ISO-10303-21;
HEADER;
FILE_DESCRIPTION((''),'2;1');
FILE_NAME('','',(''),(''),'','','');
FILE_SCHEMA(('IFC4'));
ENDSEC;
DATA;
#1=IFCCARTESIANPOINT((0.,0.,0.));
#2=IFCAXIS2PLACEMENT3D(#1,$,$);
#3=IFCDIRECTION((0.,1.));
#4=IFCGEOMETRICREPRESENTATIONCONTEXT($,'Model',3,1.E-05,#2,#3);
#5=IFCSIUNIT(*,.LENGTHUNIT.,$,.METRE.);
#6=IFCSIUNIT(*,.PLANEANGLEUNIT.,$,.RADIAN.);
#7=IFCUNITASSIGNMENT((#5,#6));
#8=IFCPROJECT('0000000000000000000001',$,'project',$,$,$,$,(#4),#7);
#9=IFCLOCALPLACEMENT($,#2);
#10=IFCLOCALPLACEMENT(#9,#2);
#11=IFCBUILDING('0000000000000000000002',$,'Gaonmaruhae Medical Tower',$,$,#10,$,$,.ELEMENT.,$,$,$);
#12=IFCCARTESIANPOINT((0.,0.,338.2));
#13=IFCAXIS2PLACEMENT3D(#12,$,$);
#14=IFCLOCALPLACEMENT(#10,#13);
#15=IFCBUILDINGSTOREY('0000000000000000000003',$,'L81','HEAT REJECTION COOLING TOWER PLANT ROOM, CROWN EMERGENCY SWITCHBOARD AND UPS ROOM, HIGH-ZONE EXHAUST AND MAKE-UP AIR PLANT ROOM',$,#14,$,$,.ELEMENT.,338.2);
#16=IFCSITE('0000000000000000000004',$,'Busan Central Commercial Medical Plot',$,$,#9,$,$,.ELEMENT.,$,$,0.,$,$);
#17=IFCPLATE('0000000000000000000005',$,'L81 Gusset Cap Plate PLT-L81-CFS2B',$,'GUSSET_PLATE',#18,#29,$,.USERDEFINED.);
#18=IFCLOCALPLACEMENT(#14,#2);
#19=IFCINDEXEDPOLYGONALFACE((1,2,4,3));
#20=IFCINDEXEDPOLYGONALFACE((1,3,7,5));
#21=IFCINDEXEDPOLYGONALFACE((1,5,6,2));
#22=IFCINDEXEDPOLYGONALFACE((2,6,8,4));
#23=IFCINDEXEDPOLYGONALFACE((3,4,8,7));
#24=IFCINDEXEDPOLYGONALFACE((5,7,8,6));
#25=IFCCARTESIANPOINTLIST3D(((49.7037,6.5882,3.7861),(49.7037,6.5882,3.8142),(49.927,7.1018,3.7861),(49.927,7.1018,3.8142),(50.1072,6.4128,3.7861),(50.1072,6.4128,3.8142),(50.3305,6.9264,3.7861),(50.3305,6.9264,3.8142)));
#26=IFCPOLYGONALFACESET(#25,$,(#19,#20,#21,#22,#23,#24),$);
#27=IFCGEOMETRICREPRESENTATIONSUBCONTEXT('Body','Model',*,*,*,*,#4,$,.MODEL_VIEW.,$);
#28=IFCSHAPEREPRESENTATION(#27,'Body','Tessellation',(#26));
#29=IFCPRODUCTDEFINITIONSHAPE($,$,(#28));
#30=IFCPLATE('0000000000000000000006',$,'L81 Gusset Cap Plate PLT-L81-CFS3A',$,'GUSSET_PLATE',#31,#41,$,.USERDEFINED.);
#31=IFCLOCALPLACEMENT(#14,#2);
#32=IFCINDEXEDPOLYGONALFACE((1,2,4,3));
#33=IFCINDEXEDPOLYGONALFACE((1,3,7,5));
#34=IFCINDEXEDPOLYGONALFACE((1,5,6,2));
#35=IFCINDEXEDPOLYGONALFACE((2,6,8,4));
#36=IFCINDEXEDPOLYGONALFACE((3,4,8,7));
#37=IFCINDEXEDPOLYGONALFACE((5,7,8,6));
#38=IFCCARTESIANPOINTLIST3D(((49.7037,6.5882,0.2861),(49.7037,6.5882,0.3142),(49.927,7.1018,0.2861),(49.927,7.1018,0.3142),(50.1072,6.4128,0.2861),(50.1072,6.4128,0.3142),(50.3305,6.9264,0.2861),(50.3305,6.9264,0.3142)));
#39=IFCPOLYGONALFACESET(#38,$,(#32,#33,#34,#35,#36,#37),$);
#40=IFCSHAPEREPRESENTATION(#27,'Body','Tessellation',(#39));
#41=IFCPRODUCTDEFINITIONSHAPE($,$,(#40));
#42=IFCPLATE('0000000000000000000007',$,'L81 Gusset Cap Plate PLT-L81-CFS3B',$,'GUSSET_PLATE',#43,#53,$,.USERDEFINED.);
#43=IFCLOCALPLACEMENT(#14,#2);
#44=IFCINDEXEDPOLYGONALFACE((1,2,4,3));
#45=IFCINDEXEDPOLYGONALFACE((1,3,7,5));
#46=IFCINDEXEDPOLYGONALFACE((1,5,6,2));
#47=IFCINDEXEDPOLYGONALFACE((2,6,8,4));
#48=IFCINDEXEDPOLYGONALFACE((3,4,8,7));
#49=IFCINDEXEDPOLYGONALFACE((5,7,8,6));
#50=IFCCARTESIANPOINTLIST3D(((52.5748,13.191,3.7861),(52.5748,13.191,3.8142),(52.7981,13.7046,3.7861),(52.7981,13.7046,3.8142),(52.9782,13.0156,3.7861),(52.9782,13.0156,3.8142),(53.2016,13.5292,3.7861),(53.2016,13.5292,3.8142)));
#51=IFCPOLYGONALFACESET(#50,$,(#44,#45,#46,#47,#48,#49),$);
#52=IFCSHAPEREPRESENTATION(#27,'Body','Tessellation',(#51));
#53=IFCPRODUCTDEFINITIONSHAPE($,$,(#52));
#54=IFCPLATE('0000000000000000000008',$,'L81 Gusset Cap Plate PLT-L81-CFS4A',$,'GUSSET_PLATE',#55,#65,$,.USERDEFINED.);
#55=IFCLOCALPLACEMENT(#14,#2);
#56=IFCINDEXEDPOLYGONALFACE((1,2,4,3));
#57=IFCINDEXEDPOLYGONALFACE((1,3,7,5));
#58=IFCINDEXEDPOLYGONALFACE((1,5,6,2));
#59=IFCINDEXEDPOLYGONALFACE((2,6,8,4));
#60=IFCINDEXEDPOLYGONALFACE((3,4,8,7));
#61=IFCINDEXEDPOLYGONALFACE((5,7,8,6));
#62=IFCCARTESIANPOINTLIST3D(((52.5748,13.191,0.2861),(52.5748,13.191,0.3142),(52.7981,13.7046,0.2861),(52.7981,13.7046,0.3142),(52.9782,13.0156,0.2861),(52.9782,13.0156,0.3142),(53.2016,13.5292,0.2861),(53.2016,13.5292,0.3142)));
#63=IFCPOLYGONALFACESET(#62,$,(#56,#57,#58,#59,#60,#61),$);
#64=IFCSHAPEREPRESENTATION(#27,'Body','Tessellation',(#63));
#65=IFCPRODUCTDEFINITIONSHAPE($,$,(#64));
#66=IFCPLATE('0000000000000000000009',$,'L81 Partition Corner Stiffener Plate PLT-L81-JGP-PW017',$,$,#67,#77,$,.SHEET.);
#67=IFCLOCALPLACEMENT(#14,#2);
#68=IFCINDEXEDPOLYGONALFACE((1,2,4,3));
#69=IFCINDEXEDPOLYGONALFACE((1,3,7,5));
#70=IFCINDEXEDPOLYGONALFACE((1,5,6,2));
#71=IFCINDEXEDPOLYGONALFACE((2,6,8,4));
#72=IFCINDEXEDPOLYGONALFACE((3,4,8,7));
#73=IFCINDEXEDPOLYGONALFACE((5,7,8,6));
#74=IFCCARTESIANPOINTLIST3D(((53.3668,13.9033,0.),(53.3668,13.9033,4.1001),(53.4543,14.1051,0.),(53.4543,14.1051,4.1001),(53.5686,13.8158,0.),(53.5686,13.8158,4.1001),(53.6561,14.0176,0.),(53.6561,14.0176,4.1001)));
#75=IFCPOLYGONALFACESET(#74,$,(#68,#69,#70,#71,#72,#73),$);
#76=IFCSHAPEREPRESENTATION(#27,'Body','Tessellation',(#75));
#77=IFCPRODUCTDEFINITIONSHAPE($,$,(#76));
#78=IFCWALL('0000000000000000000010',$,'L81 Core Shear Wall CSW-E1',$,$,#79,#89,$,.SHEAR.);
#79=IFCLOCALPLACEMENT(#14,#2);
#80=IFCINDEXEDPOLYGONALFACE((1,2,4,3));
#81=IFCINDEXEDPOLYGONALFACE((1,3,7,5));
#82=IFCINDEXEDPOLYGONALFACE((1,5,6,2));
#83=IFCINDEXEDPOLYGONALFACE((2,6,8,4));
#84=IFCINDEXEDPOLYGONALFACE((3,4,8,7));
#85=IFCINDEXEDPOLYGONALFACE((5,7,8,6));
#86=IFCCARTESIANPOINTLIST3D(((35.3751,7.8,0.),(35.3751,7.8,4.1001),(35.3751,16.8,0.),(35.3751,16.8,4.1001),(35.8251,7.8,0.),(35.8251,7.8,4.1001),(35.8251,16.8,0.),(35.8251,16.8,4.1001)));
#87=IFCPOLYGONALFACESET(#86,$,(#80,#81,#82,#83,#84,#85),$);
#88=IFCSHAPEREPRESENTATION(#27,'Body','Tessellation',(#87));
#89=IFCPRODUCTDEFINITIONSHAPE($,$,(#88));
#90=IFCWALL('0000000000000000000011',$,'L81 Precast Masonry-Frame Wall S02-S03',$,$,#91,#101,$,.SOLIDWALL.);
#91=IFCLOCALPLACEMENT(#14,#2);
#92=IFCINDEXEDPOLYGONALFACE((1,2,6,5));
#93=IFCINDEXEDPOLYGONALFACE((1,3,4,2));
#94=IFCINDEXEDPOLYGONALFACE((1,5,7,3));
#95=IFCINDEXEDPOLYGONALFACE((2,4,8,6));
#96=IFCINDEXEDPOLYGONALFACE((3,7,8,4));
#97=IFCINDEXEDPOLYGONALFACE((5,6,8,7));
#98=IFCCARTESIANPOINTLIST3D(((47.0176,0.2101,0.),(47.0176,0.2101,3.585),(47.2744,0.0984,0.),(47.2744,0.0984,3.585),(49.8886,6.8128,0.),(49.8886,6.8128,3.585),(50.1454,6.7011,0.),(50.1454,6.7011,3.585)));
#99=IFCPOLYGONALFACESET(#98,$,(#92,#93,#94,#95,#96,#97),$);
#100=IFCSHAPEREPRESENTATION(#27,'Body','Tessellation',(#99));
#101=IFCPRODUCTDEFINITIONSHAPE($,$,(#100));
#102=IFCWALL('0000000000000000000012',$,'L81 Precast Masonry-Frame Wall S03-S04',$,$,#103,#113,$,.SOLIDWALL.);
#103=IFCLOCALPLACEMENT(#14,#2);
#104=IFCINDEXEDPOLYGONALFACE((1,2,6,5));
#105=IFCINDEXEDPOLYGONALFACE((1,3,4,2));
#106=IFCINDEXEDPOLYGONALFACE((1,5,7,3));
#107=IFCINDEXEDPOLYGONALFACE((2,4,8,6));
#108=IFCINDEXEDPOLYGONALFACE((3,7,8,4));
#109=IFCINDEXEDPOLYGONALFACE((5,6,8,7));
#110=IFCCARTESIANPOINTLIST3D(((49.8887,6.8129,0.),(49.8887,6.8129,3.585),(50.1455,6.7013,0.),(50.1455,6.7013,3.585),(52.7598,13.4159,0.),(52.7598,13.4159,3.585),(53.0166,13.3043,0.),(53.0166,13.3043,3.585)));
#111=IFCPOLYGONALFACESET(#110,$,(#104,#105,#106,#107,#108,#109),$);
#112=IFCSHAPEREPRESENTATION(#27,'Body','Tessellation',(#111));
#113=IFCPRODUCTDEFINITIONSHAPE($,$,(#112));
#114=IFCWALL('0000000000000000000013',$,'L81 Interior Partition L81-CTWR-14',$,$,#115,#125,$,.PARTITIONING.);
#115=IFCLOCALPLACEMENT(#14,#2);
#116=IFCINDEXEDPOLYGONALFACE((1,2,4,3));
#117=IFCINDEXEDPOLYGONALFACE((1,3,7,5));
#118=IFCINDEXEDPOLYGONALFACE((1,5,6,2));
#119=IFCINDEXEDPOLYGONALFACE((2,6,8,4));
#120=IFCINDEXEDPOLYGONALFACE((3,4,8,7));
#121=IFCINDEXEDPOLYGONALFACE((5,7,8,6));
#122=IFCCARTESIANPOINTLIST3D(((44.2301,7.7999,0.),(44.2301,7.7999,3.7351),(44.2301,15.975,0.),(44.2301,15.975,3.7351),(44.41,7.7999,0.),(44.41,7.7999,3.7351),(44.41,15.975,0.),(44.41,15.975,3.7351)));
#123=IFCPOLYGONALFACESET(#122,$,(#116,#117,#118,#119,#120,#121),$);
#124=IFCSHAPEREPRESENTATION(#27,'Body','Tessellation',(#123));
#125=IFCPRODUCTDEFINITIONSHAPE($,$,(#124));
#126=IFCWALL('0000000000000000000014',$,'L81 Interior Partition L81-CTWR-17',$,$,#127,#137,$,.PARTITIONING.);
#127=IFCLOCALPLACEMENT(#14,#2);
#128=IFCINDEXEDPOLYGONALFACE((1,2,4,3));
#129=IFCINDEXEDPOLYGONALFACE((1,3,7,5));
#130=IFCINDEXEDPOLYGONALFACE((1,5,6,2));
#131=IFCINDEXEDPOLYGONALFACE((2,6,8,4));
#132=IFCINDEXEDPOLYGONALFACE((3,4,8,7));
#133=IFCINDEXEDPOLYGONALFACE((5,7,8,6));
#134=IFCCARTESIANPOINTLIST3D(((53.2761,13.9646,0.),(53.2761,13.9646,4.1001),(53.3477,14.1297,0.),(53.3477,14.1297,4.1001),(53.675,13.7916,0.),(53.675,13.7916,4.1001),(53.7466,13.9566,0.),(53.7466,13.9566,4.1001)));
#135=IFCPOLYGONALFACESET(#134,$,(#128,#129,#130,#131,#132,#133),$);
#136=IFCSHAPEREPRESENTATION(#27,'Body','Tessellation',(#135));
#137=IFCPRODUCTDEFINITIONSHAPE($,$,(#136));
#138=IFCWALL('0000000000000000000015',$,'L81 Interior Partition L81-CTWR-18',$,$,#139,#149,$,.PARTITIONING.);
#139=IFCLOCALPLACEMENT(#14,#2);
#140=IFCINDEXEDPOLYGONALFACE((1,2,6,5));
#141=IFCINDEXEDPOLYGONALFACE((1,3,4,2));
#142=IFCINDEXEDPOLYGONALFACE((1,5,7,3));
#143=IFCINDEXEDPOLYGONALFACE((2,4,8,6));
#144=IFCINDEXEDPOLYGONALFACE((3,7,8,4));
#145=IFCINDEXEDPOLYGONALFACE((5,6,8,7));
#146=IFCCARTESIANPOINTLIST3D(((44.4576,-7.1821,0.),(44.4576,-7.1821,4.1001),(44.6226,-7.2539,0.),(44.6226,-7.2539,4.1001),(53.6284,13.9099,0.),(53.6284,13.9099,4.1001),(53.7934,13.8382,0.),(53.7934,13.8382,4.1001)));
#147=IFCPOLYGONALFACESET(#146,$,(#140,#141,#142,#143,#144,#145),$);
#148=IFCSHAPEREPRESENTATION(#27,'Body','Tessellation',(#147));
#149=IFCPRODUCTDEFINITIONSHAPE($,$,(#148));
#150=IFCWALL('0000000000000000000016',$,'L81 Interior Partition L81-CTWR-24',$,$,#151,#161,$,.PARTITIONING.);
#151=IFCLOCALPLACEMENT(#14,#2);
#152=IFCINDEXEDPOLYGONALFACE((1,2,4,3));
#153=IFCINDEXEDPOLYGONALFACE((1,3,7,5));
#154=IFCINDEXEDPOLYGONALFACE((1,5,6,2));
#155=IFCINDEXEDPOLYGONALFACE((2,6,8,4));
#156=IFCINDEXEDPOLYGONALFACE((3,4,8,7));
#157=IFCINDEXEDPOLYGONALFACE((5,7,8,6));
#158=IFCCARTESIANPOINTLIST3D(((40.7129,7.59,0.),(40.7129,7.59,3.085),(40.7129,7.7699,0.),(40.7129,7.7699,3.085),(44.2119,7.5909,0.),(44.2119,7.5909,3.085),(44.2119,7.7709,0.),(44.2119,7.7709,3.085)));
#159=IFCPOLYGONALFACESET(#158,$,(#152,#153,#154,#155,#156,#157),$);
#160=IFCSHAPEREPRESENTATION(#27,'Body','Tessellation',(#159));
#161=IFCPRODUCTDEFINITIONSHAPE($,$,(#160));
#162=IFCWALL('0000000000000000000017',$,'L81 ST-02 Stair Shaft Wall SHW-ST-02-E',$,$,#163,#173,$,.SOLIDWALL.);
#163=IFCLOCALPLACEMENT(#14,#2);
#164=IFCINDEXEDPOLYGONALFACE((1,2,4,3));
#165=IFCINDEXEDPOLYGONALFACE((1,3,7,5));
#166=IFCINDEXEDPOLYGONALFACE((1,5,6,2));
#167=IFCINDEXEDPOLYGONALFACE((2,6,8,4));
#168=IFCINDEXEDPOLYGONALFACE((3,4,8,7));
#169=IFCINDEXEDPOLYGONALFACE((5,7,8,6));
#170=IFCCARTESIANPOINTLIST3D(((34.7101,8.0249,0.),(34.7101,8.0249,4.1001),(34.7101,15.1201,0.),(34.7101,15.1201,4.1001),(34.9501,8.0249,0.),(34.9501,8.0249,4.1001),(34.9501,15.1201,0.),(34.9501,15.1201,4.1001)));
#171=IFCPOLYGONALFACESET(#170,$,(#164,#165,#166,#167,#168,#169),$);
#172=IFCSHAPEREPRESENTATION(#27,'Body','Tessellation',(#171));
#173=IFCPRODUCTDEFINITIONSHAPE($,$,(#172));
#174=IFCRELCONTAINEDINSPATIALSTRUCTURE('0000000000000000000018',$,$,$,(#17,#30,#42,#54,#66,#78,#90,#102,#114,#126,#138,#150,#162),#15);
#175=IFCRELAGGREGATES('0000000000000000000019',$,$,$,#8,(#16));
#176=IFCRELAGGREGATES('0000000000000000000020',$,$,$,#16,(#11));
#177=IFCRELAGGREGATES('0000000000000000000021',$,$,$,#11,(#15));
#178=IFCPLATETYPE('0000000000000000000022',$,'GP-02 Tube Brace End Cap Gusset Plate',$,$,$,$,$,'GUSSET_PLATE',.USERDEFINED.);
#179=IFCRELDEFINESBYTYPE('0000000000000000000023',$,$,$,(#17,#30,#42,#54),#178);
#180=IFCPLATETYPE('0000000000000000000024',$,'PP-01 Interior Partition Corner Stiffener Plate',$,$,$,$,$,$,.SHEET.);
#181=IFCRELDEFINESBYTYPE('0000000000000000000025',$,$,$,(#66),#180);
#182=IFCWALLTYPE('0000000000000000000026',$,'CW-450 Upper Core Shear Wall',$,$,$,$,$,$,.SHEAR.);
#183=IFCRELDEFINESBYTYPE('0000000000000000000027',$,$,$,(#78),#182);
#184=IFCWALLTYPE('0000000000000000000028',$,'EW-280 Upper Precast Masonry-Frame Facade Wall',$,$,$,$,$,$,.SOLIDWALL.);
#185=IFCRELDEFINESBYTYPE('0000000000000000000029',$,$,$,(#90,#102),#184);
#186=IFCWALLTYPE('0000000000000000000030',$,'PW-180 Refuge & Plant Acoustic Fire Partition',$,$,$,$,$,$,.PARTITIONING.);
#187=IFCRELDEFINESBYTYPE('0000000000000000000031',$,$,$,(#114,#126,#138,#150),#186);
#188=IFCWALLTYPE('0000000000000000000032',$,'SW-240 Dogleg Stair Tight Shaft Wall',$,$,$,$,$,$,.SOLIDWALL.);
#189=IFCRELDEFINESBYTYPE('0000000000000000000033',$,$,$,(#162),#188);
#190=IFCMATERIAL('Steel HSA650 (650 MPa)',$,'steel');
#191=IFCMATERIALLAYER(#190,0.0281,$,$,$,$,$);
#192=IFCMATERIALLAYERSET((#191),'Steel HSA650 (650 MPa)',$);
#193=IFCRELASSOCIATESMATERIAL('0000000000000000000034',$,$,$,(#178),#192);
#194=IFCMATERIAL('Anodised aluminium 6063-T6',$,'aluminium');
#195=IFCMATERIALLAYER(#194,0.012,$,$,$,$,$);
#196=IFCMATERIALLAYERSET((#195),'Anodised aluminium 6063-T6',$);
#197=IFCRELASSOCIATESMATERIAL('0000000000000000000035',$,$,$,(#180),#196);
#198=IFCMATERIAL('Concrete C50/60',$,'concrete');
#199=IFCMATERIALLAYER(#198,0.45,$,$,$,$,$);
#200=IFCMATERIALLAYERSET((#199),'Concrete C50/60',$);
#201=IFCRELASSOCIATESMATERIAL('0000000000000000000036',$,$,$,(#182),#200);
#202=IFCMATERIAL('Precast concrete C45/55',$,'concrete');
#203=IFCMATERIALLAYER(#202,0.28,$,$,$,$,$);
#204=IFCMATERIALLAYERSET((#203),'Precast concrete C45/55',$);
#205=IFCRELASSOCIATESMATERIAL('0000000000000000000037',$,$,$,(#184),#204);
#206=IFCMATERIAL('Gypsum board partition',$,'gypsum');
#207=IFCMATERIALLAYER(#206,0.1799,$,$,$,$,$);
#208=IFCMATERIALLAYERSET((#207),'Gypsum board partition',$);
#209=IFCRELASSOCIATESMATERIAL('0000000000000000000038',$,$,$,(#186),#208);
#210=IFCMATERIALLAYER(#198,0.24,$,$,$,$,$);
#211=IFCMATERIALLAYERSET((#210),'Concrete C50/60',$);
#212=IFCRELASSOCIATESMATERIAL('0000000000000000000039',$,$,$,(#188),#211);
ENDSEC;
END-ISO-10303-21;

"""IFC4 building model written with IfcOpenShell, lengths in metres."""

from ifc_helpers import new_model, si_unit, direction, frame, frame_2d, origin, origin_2d, place, context, subcontext, project, spatial, rectangle, extrude, material, layer, layer_set, type_object, element, save


model = new_model("IFC4")

# Units and contexts
model_context = context("Model", 3, precision=1e-05, world=origin(), true_north=direction((0.0, 1.0)))
body_context = subcontext(model_context, "Body", "Model", "MODEL_VIEW")
ifc_project = project(units=[si_unit("LENGTHUNIT", "METRE"), si_unit("PLANEANGLEUNIT", "RADIAN")], contexts=[model_context])

# Site, building, storey
site_placement = place(None, origin())
site = spatial("IfcSite", under=ifc_project, at=site_placement, Name="Busan Central Commercial Medical Plot", CompositionType="ELEMENT", RefElevation=0.0)
building_placement = place(site_placement, origin())
building = spatial("IfcBuilding", under=site, at=building_placement, Name="Gaonmaruhae Medical Tower", CompositionType="ELEMENT")
storey_placement = place(building_placement, frame((0.0, 0.0, 338.2)))
storey = spatial("IfcBuildingStorey", under=building, at=storey_placement, Name="L81", Description="HEAT REJECTION COOLING TOWER PLANT ROOM, CROWN EMERGENCY SWITCHBOARD AND UPS ROOM, HIGH-ZONE EXHAUST AND MAKE-UP AIR PLANT ROOM", CompositionType="ELEMENT", Elevation=338.2)

# Shared definitions
ifc_material_1 = material(Name="Concrete C50/60", Category="concrete")

# Plates
ifc_material_2 = material(Name="Steel HSA650 (650 MPa)", Category="steel")
ifc_layer_1 = layer(ifc_material_2, 0.0281)
ifc_layer_set_1 = layer_set([ifc_layer_1], Name="Steel HSA650 (650 MPa)")
plate_type_1 = type_object("IfcPlateType", Name="GP-02 Tube Brace End Cap Gusset Plate", ElementType="GUSSET_PLATE", PredefinedType="USERDEFINED", material=ifc_layer_set_1)
for number, where, z_axis, x_axis, name in (
    (1, (50.0171, 6.7573, 3.7861), (0.0, 0.0, 1.0), (0.398749, 0.91706, 0.0), "L81 Gusset Cap Plate PLT-L81-CFS2B"),
    (2, (50.0171, 6.7573, 0.2861), (0.0, 0.0, 1.0), (0.398749, 0.91706, 0.0), "L81 Gusset Cap Plate PLT-L81-CFS3A"),
    (3, (52.8882, 13.3601, 3.7861), (0.0, 0.0, 1.0), (0.398749, 0.91706, 0.0), "L81 Gusset Cap Plate PLT-L81-CFS3B"),
    (4, (52.8882, 13.3601, 0.2861), (0.0, 0.0, 1.0), (0.398749, 0.91706, 0.0), "L81 Gusset Cap Plate PLT-L81-CFS4A"),
):
    element("IfcPlate", number, at=place(storey_placement, frame(where, z_axis=z_axis, x_axis=x_axis)), inside=storey, type_object=plate_type_1, Name=name, ObjectType="GUSSET_PLATE", PredefinedType="USERDEFINED", context=body_context, shape_type="SweptSolid", body=[
        extrude(rectangle(XDim=0.5601, YDim=0.4399, at=origin_2d()), origin(), (0.0, 0.0, 1.0), 0.0281),
    ])
ifc_material_3 = material(Name="Anodised aluminium 6063-T6", Category="aluminium")
ifc_layer_2 = layer(ifc_material_3, 0.012)
ifc_layer_set_2 = layer_set([ifc_layer_2], Name="Anodised aluminium 6063-T6")
plate_type_2 = type_object("IfcPlateType", Name="PP-01 Interior Partition Corner Stiffener Plate", PredefinedType="SHEET", material=ifc_layer_set_2)
plate_placement = place(storey_placement, frame((53.5115, 13.9604, 0.0), z_axis=(0.0, 0.0, 1.0), x_axis=(0.91747, -0.397805, 0.0)))
element("IfcPlate", 5, at=plate_placement, inside=storey, type_object=plate_type_2, Name="L81 Partition Corner Stiffener Plate PLT-L81-JGP-PW017", PredefinedType="SHEET", context=body_context, shape_type="SweptSolid", body=[
    extrude(rectangle(XDim=0.22, YDim=0.22, at=origin_2d()), origin(), (0.0, 0.0, 1.0), 4.1001),
])

# Walls
ifc_layer_3 = layer(ifc_material_1, 0.45)
ifc_layer_set_3 = layer_set([ifc_layer_3], Name="Concrete C50/60")
wall_type_1 = type_object("IfcWallType", Name="CW-450 Upper Core Shear Wall", PredefinedType="SHEAR", material=ifc_layer_set_3)
wall_1_placement = place(storey_placement, frame((35.6001, 7.8, 0.0), z_axis=(0.0, 0.0, 1.0), x_axis=(0.0, 1.0, 0.0)))
element("IfcWall", 6, at=wall_1_placement, inside=storey, type_object=wall_type_1, Name="L81 Core Shear Wall CSW-E1", PredefinedType="SHEAR", context=body_context, shape_type="SweptSolid", body=[
    extrude(rectangle(XDim=9.0, YDim=0.45, at=frame_2d((4.5, 0.0))), origin(), (0.0, 0.0, 1.0), 4.1001),
])
ifc_material_4 = material(Name="Precast concrete C45/55", Category="concrete")
ifc_layer_4 = layer(ifc_material_4, 0.28)
ifc_layer_set_4 = layer_set([ifc_layer_4], Name="Precast concrete C45/55")
wall_type_2 = type_object("IfcWallType", Name="EW-280 Upper Precast Masonry-Frame Facade Wall", PredefinedType="SOLIDWALL", material=ifc_layer_set_4)
wall_2_placement = place(storey_placement, frame((50.0171, 6.7571, 0.0), z_axis=(0.0, 0.0, 1.0), x_axis=(-0.398763, -0.917054, 0.0)))
element("IfcWall", 7, at=wall_2_placement, inside=storey, type_object=wall_type_2, Name="L81 Precast Masonry-Frame Wall S02-S03", PredefinedType="SOLIDWALL", context=body_context, shape_type="SweptSolid", body=[
    extrude(rectangle(XDim=7.2, YDim=0.28, at=frame_2d((3.6001, 0.0))), origin(), (0.0, 0.0, 1.0), 3.585),
])
wall_3_placement = place(storey_placement, frame((52.8882, 13.3601, 0.0), z_axis=(0.0, 0.0, 1.0), x_axis=(-0.398751, -0.917059, 0.0)))
element("IfcWall", 8, at=wall_3_placement, inside=storey, type_object=wall_type_2, Name="L81 Precast Masonry-Frame Wall S03-S04", PredefinedType="SOLIDWALL", context=body_context, shape_type="SweptSolid", body=[
    extrude(rectangle(XDim=7.2002, YDim=0.28, at=frame_2d((3.6001, 0.0))), origin(), (0.0, 0.0, 1.0), 3.585),
])
ifc_material_5 = material(Name="Gypsum board partition", Category="gypsum")
ifc_layer_5 = layer(ifc_material_5, 0.1799)
ifc_layer_set_5 = layer_set([ifc_layer_5], Name="Gypsum board partition")
wall_type_3 = type_object("IfcWallType", Name="PW-180 Refuge & Plant Acoustic Fire Partition", PredefinedType="PARTITIONING", material=ifc_layer_set_5)
wall_4_placement = place(storey_placement, frame((44.3201, 7.8, 0.0), z_axis=(0.0, 0.0, 1.0), x_axis=(0.0, 1.0, 0.0)))
element("IfcWall", 9, at=wall_4_placement, inside=storey, type_object=wall_type_3, Name="L81 Interior Partition L81-CTWR-14", PredefinedType="PARTITIONING", context=body_context, shape_type="SweptSolid", body=[
    extrude(rectangle(XDim=8.175, YDim=0.1799, at=frame_2d((4.0874, 0.0))), origin(), (0.0, 0.0, 1.0), 3.7351),
])
wall_5_placement = place(storey_placement, frame((53.312, 14.0471, 0.0), z_axis=(0.0, 0.0, 1.0), x_axis=(0.917364, -0.398049, 0.0)))
element("IfcWall", 10, at=wall_5_placement, inside=storey, type_object=wall_type_3, Name="L81 Interior Partition L81-CTWR-17", PredefinedType="PARTITIONING", context=body_context, shape_type="SweptSolid", body=[
    extrude(rectangle(XDim=0.4348, YDim=0.1799, at=frame_2d((0.2173, 0.0))), origin(), (0.0, 0.0, 1.0), 4.1001),
])
wall_6_placement = place(storey_placement, frame((53.7109, 13.874, 0.0), z_axis=(0.0, 0.0, 1.0), x_axis=(-0.398742, -0.917063, 0.0)))
element("IfcWall", 11, at=wall_6_placement, inside=storey, type_object=wall_type_3, Name="L81 Interior Partition L81-CTWR-18", PredefinedType="PARTITIONING", context=body_context, shape_type="SweptSolid", body=[
    extrude(rectangle(XDim=22.9995, YDim=0.1799, at=frame_2d((11.4998, 0.0))), origin(), (0.0, 0.0, 1.0), 4.1001),
])
wall_7_placement = place(storey_placement, frame((40.7129, 7.6799, 0.0), z_axis=(0.0, 0.0, 1.0), x_axis=(1.0, 0.000279, 0.0)))
element("IfcWall", 12, at=wall_7_placement, inside=storey, type_object=wall_type_3, Name="L81 Interior Partition L81-CTWR-24", PredefinedType="PARTITIONING", context=body_context, shape_type="SweptSolid", body=[
    extrude(rectangle(XDim=3.499, YDim=0.1799, at=frame_2d((1.7495, 0.0))), origin(), (0.0, 0.0, 1.0), 3.085),
])
ifc_layer_6 = layer(ifc_material_1, 0.24)
ifc_layer_set_6 = layer_set([ifc_layer_6], Name="Concrete C50/60")
wall_type_4 = type_object("IfcWallType", Name="SW-240 Dogleg Stair Tight Shaft Wall", PredefinedType="SOLIDWALL", material=ifc_layer_set_6)
wall_8_placement = place(storey_placement, frame((34.8301, 15.1201, 0.0), z_axis=(0.0, 0.0, 1.0), x_axis=(0.0, -1.0, 0.0)))
element("IfcWall", 13, at=wall_8_placement, inside=storey, type_object=wall_type_4, Name="L81 ST-02 Stair Shaft Wall SHW-ST-02-E", PredefinedType="SOLIDWALL", context=body_context, shape_type="SweptSolid", body=[
    extrude(rectangle(XDim=7.0952, YDim=0.24, at=frame_2d((3.5476, 0.0))), origin(), (0.0, 0.0, 1.0), 4.1001),
])

save(model, "model.ifc")
